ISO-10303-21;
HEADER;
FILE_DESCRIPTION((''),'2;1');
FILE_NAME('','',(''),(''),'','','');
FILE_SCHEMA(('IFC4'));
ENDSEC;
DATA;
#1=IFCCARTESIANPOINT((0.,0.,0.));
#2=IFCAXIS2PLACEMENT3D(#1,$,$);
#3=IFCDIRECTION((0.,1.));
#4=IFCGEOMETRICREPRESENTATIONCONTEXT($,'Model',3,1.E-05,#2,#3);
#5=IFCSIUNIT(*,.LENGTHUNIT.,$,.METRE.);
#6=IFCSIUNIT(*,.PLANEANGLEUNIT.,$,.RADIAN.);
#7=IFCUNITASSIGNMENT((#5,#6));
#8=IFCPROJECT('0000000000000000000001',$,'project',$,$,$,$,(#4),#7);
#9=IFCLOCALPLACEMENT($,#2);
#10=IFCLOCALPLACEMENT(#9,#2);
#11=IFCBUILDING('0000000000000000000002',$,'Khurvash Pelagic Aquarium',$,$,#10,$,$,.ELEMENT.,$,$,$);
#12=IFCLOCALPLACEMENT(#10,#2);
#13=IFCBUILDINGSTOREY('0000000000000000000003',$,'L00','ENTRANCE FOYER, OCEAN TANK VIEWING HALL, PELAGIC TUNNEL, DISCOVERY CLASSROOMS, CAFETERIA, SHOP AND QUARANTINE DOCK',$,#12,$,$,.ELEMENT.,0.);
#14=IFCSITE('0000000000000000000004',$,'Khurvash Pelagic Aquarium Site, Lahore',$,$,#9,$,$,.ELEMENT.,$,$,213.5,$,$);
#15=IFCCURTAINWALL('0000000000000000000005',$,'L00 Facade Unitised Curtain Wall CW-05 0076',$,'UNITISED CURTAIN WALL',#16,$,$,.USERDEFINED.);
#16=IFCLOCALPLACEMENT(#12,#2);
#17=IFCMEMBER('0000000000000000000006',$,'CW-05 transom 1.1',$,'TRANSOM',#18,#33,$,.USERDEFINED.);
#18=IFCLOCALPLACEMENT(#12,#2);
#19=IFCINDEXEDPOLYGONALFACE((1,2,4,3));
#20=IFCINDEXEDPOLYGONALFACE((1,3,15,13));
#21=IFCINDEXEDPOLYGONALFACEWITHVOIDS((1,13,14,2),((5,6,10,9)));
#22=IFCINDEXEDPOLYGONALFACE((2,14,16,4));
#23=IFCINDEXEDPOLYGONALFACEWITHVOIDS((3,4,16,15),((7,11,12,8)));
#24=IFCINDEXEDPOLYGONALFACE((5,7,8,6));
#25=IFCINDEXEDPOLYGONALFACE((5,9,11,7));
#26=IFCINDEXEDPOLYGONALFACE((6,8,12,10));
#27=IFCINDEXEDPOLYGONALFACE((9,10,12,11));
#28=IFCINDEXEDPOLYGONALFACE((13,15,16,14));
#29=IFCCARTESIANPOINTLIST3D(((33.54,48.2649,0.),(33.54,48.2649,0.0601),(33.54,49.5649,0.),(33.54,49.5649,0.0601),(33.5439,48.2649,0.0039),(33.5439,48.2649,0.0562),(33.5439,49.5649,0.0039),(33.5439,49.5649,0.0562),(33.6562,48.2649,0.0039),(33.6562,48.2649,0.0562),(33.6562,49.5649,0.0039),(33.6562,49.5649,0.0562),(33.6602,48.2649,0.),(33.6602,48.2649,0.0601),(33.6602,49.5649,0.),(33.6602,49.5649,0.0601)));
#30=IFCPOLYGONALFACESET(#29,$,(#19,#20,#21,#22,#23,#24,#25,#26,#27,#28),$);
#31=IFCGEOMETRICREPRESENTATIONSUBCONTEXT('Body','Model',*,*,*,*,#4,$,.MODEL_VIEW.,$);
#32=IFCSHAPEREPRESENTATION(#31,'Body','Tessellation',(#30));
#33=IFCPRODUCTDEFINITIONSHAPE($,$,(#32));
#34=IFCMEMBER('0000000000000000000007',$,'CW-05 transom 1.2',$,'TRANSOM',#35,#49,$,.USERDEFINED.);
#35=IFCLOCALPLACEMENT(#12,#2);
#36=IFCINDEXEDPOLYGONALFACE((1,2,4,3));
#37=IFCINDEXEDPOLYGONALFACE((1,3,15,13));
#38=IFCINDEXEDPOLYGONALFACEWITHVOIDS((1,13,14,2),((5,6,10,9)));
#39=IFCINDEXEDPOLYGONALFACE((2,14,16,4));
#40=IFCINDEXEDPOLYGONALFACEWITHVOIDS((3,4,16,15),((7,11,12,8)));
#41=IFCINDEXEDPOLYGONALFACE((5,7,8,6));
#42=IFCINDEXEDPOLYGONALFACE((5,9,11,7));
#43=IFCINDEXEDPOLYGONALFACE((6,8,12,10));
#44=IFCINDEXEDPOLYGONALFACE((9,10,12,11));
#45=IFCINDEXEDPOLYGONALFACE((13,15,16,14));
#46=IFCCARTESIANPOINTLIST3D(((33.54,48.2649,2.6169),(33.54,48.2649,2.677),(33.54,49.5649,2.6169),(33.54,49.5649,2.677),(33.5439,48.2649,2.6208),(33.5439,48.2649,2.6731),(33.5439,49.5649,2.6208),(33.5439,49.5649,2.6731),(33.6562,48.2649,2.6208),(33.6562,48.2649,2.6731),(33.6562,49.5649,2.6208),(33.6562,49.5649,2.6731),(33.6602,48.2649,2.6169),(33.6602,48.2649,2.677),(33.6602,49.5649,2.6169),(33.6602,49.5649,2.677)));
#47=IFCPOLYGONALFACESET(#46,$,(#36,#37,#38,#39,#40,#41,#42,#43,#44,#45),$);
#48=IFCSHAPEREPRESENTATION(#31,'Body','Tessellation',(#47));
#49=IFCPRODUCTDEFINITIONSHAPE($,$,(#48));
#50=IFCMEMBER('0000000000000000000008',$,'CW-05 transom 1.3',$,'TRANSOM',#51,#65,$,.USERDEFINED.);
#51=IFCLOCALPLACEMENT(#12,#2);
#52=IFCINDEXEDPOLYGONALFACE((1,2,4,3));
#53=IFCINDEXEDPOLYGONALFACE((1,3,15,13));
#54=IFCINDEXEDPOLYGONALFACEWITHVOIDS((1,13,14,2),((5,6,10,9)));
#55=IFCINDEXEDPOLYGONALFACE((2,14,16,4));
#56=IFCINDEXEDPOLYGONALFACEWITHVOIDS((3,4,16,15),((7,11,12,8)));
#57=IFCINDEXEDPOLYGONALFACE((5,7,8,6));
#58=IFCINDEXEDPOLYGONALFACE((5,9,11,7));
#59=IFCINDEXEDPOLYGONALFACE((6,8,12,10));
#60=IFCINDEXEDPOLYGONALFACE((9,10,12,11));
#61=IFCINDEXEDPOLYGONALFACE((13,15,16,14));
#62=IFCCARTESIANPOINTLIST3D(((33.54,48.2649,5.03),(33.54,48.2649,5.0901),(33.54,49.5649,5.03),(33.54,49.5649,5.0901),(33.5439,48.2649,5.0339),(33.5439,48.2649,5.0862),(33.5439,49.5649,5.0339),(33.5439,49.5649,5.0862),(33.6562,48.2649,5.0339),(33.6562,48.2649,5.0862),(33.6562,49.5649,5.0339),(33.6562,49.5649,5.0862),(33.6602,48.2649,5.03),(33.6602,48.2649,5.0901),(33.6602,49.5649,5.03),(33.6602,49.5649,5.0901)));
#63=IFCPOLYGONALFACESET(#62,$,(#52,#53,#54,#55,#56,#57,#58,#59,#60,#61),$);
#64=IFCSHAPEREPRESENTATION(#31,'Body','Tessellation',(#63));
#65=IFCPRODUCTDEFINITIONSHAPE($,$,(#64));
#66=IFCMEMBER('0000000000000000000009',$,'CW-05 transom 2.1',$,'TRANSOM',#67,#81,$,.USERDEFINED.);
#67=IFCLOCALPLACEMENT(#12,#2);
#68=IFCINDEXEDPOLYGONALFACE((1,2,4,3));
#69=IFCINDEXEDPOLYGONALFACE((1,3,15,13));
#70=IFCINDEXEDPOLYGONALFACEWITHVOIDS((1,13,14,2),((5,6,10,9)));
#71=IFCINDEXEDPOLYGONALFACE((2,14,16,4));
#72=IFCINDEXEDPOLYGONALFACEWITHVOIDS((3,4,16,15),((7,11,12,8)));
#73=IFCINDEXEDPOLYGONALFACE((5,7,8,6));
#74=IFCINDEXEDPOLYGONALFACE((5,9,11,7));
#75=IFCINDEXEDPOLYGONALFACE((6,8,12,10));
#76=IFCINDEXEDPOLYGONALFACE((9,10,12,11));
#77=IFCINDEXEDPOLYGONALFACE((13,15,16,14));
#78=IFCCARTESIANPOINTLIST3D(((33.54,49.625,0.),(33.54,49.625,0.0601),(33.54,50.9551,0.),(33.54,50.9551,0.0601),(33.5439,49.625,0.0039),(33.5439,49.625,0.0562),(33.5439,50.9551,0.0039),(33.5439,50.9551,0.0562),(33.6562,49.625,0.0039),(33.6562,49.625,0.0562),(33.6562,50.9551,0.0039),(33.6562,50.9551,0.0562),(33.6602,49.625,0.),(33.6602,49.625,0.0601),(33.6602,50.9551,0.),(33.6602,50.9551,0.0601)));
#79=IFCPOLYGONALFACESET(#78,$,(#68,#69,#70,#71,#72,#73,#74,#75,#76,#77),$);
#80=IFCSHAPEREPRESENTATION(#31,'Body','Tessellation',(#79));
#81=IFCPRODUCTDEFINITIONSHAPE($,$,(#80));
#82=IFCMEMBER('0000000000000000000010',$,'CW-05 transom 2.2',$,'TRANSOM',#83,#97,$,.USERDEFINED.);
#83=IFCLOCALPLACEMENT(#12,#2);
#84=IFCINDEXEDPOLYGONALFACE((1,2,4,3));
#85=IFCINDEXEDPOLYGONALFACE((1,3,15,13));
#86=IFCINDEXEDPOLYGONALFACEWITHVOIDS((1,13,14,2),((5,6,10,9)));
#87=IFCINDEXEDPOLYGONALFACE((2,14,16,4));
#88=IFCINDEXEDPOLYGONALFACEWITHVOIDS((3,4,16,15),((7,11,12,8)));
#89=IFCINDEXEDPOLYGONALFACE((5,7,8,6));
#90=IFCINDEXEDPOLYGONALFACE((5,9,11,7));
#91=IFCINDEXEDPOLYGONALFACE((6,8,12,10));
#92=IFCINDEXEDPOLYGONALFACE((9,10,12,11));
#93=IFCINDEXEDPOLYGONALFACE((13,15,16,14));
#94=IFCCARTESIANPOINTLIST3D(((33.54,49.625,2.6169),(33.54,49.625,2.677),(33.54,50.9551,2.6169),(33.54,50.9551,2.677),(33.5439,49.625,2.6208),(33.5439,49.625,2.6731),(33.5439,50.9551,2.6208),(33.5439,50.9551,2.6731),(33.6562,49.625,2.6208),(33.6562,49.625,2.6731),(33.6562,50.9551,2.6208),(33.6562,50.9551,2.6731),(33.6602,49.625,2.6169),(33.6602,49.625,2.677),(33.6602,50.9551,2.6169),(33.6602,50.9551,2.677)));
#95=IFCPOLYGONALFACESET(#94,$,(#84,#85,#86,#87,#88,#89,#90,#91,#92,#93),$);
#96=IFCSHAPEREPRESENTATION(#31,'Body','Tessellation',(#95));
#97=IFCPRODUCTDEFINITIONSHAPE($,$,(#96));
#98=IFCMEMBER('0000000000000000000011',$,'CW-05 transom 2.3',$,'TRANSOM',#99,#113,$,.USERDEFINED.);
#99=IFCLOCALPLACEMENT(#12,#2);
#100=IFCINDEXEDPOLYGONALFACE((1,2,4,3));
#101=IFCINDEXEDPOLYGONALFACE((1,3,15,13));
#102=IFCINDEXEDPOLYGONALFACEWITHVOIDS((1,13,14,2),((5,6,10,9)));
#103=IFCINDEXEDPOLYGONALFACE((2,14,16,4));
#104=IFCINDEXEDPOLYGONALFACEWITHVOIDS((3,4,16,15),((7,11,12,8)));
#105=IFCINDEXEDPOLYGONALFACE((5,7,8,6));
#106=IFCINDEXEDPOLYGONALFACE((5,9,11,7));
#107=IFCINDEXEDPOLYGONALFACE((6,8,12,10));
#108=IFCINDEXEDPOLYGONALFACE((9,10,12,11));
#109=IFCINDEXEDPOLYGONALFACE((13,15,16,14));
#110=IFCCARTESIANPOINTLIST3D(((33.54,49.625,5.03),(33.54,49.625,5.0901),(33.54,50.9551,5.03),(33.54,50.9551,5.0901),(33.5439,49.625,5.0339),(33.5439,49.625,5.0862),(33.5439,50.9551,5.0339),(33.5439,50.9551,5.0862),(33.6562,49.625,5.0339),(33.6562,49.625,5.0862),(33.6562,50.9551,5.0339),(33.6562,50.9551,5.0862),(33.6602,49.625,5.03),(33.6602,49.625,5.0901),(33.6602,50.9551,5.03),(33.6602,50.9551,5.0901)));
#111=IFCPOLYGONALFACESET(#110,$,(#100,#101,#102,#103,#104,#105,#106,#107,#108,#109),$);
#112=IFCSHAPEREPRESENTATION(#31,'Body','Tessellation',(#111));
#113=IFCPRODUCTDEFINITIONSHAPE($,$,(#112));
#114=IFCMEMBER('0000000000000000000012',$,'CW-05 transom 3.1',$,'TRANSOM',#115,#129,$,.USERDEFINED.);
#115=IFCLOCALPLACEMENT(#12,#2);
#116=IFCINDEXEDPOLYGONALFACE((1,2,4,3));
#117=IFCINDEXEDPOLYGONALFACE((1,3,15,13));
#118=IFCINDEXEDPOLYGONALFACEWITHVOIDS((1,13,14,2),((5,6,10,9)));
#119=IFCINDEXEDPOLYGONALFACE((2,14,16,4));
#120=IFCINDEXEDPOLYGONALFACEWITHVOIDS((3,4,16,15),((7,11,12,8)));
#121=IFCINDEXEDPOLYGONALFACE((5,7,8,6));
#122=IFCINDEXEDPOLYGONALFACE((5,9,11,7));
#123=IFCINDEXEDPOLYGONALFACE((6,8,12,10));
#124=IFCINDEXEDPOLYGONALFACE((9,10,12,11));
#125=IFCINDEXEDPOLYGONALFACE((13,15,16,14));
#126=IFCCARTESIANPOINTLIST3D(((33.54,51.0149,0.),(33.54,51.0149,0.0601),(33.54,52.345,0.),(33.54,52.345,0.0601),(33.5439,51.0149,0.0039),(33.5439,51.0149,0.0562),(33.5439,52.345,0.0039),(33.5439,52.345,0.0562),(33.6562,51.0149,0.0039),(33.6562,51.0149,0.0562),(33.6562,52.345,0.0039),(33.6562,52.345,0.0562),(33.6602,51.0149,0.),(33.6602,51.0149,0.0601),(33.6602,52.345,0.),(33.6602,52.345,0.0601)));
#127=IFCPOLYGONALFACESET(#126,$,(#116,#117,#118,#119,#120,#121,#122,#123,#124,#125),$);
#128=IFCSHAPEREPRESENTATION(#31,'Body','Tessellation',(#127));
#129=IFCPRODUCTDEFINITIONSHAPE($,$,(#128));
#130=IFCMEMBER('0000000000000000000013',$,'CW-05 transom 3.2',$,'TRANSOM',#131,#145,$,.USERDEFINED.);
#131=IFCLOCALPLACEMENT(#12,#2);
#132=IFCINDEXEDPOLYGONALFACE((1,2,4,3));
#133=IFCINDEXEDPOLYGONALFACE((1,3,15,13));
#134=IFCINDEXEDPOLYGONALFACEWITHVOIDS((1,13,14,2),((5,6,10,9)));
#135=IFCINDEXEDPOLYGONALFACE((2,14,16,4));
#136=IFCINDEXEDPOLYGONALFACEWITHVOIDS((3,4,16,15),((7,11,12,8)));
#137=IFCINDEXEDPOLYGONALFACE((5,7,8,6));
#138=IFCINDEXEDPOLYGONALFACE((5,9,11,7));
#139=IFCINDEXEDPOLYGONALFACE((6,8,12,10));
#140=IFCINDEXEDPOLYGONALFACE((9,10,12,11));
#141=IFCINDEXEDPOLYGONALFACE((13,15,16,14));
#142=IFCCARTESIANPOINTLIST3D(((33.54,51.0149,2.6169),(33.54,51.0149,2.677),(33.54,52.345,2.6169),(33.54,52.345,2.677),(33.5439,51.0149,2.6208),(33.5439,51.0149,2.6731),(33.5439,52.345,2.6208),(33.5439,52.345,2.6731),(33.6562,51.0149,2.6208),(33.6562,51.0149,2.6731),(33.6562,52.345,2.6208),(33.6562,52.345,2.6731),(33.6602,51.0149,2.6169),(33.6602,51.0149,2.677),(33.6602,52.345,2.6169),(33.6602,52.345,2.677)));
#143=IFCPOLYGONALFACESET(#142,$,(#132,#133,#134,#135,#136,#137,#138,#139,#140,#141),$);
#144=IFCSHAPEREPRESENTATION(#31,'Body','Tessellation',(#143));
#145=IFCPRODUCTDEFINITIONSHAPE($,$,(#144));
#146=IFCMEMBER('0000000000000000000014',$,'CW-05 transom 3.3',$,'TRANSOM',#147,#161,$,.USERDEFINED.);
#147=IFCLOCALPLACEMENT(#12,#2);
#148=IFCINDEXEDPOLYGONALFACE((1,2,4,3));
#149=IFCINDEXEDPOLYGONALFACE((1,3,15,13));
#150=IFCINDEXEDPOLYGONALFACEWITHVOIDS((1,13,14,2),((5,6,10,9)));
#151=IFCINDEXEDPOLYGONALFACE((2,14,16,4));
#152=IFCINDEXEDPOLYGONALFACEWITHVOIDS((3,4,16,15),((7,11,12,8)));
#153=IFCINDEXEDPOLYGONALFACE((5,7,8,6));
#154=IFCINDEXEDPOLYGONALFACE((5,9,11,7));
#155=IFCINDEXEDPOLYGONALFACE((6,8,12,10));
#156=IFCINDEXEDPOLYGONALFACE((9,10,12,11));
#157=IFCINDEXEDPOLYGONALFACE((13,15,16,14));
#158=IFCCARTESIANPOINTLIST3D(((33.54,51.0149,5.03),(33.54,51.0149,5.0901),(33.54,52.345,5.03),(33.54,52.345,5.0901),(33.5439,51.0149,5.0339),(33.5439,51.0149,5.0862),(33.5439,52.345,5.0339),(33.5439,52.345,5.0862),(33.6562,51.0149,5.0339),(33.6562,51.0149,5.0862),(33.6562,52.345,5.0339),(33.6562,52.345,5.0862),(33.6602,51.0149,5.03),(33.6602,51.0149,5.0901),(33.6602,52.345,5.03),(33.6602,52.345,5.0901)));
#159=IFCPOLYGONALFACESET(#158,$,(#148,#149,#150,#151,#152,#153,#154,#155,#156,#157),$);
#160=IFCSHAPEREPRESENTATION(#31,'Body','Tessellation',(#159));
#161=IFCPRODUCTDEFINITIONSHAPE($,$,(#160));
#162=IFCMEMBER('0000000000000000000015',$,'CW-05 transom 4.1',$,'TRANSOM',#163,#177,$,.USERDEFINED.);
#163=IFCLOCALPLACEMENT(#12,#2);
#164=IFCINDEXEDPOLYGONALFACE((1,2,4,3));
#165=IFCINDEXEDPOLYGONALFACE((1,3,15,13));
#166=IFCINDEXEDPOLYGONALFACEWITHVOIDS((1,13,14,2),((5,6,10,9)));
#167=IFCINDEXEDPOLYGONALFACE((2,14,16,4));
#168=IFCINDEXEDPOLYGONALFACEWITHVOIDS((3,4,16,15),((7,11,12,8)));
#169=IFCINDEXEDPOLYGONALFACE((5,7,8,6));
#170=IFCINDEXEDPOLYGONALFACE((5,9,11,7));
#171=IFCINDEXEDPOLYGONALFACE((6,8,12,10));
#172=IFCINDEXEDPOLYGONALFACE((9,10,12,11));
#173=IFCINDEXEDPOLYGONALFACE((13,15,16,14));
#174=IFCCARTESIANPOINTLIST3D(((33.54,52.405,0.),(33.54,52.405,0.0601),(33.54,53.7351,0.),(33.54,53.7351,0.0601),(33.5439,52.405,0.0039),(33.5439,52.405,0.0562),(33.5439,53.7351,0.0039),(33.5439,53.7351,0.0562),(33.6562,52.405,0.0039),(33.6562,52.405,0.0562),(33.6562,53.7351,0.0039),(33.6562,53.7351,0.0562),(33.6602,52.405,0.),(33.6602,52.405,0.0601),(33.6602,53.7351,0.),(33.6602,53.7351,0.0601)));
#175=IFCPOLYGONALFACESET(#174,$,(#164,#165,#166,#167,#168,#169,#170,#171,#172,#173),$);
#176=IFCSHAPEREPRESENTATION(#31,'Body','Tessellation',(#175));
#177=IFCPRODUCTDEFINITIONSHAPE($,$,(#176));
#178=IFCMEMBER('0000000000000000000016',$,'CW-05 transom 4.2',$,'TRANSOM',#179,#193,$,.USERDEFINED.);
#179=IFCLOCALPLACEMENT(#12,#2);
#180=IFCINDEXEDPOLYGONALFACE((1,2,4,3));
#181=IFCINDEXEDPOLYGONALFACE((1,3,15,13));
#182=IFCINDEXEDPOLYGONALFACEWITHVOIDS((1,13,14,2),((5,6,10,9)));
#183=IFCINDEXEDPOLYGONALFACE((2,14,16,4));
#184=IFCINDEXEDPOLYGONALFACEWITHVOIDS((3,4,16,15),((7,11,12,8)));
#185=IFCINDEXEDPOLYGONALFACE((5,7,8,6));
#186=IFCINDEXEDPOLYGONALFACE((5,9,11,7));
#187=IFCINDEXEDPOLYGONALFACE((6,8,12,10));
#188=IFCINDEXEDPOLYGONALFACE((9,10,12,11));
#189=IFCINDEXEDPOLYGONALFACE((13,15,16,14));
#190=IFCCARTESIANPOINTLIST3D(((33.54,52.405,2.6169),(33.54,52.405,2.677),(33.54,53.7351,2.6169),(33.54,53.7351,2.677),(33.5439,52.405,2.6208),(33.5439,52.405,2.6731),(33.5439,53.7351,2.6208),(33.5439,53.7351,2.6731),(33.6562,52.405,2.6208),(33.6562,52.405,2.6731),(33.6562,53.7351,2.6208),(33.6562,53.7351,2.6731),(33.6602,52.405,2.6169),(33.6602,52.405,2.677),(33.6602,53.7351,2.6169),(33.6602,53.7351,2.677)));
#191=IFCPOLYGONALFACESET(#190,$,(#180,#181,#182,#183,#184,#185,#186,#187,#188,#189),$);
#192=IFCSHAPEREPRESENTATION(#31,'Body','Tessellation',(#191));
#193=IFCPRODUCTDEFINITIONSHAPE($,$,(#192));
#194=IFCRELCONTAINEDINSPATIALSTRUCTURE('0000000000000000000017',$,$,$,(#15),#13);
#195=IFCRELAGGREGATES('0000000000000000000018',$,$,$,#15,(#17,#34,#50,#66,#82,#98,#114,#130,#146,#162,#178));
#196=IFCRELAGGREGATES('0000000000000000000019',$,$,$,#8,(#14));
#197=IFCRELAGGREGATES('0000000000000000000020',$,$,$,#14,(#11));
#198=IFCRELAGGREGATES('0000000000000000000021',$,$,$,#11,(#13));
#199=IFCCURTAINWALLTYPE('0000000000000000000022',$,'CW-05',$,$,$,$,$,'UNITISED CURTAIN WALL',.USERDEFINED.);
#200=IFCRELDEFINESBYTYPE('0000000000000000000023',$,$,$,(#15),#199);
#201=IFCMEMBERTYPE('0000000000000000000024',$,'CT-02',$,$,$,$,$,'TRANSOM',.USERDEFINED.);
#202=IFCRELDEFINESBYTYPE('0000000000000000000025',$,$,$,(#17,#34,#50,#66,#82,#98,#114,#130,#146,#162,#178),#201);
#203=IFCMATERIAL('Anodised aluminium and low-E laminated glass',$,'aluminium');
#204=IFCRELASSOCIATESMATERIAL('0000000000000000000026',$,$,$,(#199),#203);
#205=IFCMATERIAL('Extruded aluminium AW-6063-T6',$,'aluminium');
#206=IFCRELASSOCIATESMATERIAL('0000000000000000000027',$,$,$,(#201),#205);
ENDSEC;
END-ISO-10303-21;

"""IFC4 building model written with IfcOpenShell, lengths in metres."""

from ifc_helpers import new_model, si_unit, direction, frame, origin, origin_2d, place, context, subcontext, project, spatial, hollow_rectangle, extrude, material, material_profile, profile_set, type_object, element, aggregate, save


model = new_model("IFC4")

# Units and contexts
model_context = context("Model", 3, precision=1e-05, world=origin(), true_north=direction((0.0, 1.0)))
body_context = subcontext(model_context, "Body", "Model", "MODEL_VIEW")
ifc_project = project(units=[si_unit("LENGTHUNIT", "METRE"), si_unit("PLANEANGLEUNIT", "RADIAN")], contexts=[model_context])

# Site, building, storey
site_placement = place(None, origin())
site = spatial("IfcSite", under=ifc_project, at=site_placement, Name="Khurvash Pelagic Aquarium Site, Lahore", CompositionType="ELEMENT", RefElevation=213.5)
building_placement = place(site_placement, origin())
building = spatial("IfcBuilding", under=site, at=building_placement, Name="Khurvash Pelagic Aquarium", CompositionType="ELEMENT")
storey_placement = place(building_placement, origin())
storey = spatial("IfcBuildingStorey", under=building, at=storey_placement, Name="L00", Description="ENTRANCE FOYER, OCEAN TANK VIEWING HALL, PELAGIC TUNNEL, DISCOVERY CLASSROOMS, CAFETERIA, SHOP AND QUARANTINE DOCK", CompositionType="ELEMENT", Elevation=0.0)

# Curtain wall
ifc_material_1 = material(Name="Anodised aluminium and low-E laminated glass", Category="aluminium")
curtain_wall_type = type_object("IfcCurtainWallType", Name="CW-05", ElementType="UNITISED CURTAIN WALL", PredefinedType="USERDEFINED", material=ifc_material_1)
ifc_material_2 = material(Name="Extruded aluminium AW-6063-T6", Category="aluminium")
curtain_wall_1_placement = place(storey_placement, origin())
curtain_wall_1 = element("IfcCurtainWall", 1, at=curtain_wall_1_placement, inside=storey, type_object=curtain_wall_type, Name="L00 Facade Unitised Curtain Wall CW-05 0076", ObjectType="UNITISED CURTAIN WALL", PredefinedType="USERDEFINED")

# Members
ifc_material_profile_1 = material_profile(ifc_material_2, hollow_rectangle(XDim=0.1201, YDim=0.0601, WallThickness=0.0039, at=origin_2d()), Name="CWT120X60X4")
ifc_profile_set_1 = profile_set([ifc_material_profile_1], Name="Extruded aluminium AW-6063-T6")
member_type_1 = type_object("IfcMemberType", Name="CT-02", ElementType="TRANSOM", PredefinedType="USERDEFINED", material=ifc_profile_set_1)
member_1_placement = place(storey_placement, frame((33.6001, 48.2649, 0.03), z_axis=(0.0, 1.0, 0.0), x_axis=(-1.0, 0.0, 0.0)))
member_1 = element("IfcMember", 2, at=member_1_placement, type_object=member_type_1, Name="CW-05 transom 1.1", ObjectType="TRANSOM", PredefinedType="USERDEFINED", context=body_context, shape_type="SweptSolid", body=[
    extrude(hollow_rectangle(XDim=0.1201, YDim=0.0601, WallThickness=0.0039, at=origin_2d()), origin(), (0.0, 0.0, 1.0), 1.3),
])
member_2_placement = place(storey_placement, frame((33.6001, 48.2649, 2.647), z_axis=(0.0, 1.0, 0.0), x_axis=(-1.0, 0.0, 0.0)))
member_2 = element("IfcMember", 3, at=member_2_placement, type_object=member_type_1, Name="CW-05 transom 1.2", ObjectType="TRANSOM", PredefinedType="USERDEFINED", context=body_context, shape_type="SweptSolid", body=[
    extrude(hollow_rectangle(XDim=0.1201, YDim=0.0601, WallThickness=0.0039, at=origin_2d()), origin(), (0.0, 0.0, 1.0), 1.3),
])
member_3_placement = place(storey_placement, frame((33.6001, 48.2649, 5.0601), z_axis=(0.0, 1.0, 0.0), x_axis=(-1.0, 0.0, 0.0)))
member_3 = element("IfcMember", 4, at=member_3_placement, type_object=member_type_1, Name="CW-05 transom 1.3", ObjectType="TRANSOM", PredefinedType="USERDEFINED", context=body_context, shape_type="SweptSolid", body=[
    extrude(hollow_rectangle(XDim=0.1201, YDim=0.0601, WallThickness=0.0039, at=origin_2d()), origin(), (0.0, 0.0, 1.0), 1.3),
])
member_4_placement = place(storey_placement, frame((33.6001, 49.625, 0.03), z_axis=(0.0, 1.0, 0.0), x_axis=(-1.0, 0.0, 0.0)))
member_4 = element("IfcMember", 5, at=member_4_placement, type_object=member_type_1, Name="CW-05 transom 2.1", ObjectType="TRANSOM", PredefinedType="USERDEFINED", context=body_context, shape_type="SweptSolid", body=[
    extrude(hollow_rectangle(XDim=0.1201, YDim=0.0601, WallThickness=0.0039, at=origin_2d()), origin(), (0.0, 0.0, 1.0), 1.3301),
])
member_5_placement = place(storey_placement, frame((33.6001, 49.625, 2.647), z_axis=(0.0, 1.0, 0.0), x_axis=(-1.0, 0.0, 0.0)))
member_5 = element("IfcMember", 6, at=member_5_placement, type_object=member_type_1, Name="CW-05 transom 2.2", ObjectType="TRANSOM", PredefinedType="USERDEFINED", context=body_context, shape_type="SweptSolid", body=[
    extrude(hollow_rectangle(XDim=0.1201, YDim=0.0601, WallThickness=0.0039, at=origin_2d()), origin(), (0.0, 0.0, 1.0), 1.3301),
])
member_6_placement = place(storey_placement, frame((33.6001, 49.625, 5.0601), z_axis=(0.0, 1.0, 0.0), x_axis=(-1.0, 0.0, 0.0)))
member_6 = element("IfcMember", 7, at=member_6_placement, type_object=member_type_1, Name="CW-05 transom 2.3", ObjectType="TRANSOM", PredefinedType="USERDEFINED", context=body_context, shape_type="SweptSolid", body=[
    extrude(hollow_rectangle(XDim=0.1201, YDim=0.0601, WallThickness=0.0039, at=origin_2d()), origin(), (0.0, 0.0, 1.0), 1.3301),
])
member_7_placement = place(storey_placement, frame((33.6001, 51.0149, 0.03), z_axis=(0.0, 1.0, 0.0), x_axis=(-1.0, 0.0, 0.0)))
member_7 = element("IfcMember", 8, at=member_7_placement, type_object=member_type_1, Name="CW-05 transom 3.1", ObjectType="TRANSOM", PredefinedType="USERDEFINED", context=body_context, shape_type="SweptSolid", body=[
    extrude(hollow_rectangle(XDim=0.1201, YDim=0.0601, WallThickness=0.0039, at=origin_2d()), origin(), (0.0, 0.0, 1.0), 1.3301),
])
member_8_placement = place(storey_placement, frame((33.6001, 51.0149, 2.647), z_axis=(0.0, 1.0, 0.0), x_axis=(-1.0, 0.0, 0.0)))
member_8 = element("IfcMember", 9, at=member_8_placement, type_object=member_type_1, Name="CW-05 transom 3.2", ObjectType="TRANSOM", PredefinedType="USERDEFINED", context=body_context, shape_type="SweptSolid", body=[
    extrude(hollow_rectangle(XDim=0.1201, YDim=0.0601, WallThickness=0.0039, at=origin_2d()), origin(), (0.0, 0.0, 1.0), 1.3301),
])
member_9_placement = place(storey_placement, frame((33.6001, 51.0149, 5.0601), z_axis=(0.0, 1.0, 0.0), x_axis=(-1.0, 0.0, 0.0)))
member_9 = element("IfcMember", 10, at=member_9_placement, type_object=member_type_1, Name="CW-05 transom 3.3", ObjectType="TRANSOM", PredefinedType="USERDEFINED", context=body_context, shape_type="SweptSolid", body=[
    extrude(hollow_rectangle(XDim=0.1201, YDim=0.0601, WallThickness=0.0039, at=origin_2d()), origin(), (0.0, 0.0, 1.0), 1.3301),
])
member_10_placement = place(storey_placement, frame((33.6001, 52.405, 0.03), z_axis=(0.0, 1.0, 0.0), x_axis=(-1.0, 0.0, 0.0)))
member_10 = element("IfcMember", 11, at=member_10_placement, type_object=member_type_1, Name="CW-05 transom 4.1", ObjectType="TRANSOM", PredefinedType="USERDEFINED", context=body_context, shape_type="SweptSolid", body=[
    extrude(hollow_rectangle(XDim=0.1201, YDim=0.0601, WallThickness=0.0039, at=origin_2d()), origin(), (0.0, 0.0, 1.0), 1.3301),
])
member_11_placement = place(storey_placement, frame((33.6001, 52.405, 2.647), z_axis=(0.0, 1.0, 0.0), x_axis=(-1.0, 0.0, 0.0)))
member_11 = element("IfcMember", 12, at=member_11_placement, type_object=member_type_1, Name="CW-05 transom 4.2", ObjectType="TRANSOM", PredefinedType="USERDEFINED", context=body_context, shape_type="SweptSolid", body=[
    extrude(hollow_rectangle(XDim=0.1201, YDim=0.0601, WallThickness=0.0039, at=origin_2d()), origin(), (0.0, 0.0, 1.0), 1.3301),
])

aggregate(curtain_wall_1, [member_1, member_2, member_3, member_4, member_5, member_6, member_7, member_8, member_9, member_10, member_11])

save(model, "model.ifc")
